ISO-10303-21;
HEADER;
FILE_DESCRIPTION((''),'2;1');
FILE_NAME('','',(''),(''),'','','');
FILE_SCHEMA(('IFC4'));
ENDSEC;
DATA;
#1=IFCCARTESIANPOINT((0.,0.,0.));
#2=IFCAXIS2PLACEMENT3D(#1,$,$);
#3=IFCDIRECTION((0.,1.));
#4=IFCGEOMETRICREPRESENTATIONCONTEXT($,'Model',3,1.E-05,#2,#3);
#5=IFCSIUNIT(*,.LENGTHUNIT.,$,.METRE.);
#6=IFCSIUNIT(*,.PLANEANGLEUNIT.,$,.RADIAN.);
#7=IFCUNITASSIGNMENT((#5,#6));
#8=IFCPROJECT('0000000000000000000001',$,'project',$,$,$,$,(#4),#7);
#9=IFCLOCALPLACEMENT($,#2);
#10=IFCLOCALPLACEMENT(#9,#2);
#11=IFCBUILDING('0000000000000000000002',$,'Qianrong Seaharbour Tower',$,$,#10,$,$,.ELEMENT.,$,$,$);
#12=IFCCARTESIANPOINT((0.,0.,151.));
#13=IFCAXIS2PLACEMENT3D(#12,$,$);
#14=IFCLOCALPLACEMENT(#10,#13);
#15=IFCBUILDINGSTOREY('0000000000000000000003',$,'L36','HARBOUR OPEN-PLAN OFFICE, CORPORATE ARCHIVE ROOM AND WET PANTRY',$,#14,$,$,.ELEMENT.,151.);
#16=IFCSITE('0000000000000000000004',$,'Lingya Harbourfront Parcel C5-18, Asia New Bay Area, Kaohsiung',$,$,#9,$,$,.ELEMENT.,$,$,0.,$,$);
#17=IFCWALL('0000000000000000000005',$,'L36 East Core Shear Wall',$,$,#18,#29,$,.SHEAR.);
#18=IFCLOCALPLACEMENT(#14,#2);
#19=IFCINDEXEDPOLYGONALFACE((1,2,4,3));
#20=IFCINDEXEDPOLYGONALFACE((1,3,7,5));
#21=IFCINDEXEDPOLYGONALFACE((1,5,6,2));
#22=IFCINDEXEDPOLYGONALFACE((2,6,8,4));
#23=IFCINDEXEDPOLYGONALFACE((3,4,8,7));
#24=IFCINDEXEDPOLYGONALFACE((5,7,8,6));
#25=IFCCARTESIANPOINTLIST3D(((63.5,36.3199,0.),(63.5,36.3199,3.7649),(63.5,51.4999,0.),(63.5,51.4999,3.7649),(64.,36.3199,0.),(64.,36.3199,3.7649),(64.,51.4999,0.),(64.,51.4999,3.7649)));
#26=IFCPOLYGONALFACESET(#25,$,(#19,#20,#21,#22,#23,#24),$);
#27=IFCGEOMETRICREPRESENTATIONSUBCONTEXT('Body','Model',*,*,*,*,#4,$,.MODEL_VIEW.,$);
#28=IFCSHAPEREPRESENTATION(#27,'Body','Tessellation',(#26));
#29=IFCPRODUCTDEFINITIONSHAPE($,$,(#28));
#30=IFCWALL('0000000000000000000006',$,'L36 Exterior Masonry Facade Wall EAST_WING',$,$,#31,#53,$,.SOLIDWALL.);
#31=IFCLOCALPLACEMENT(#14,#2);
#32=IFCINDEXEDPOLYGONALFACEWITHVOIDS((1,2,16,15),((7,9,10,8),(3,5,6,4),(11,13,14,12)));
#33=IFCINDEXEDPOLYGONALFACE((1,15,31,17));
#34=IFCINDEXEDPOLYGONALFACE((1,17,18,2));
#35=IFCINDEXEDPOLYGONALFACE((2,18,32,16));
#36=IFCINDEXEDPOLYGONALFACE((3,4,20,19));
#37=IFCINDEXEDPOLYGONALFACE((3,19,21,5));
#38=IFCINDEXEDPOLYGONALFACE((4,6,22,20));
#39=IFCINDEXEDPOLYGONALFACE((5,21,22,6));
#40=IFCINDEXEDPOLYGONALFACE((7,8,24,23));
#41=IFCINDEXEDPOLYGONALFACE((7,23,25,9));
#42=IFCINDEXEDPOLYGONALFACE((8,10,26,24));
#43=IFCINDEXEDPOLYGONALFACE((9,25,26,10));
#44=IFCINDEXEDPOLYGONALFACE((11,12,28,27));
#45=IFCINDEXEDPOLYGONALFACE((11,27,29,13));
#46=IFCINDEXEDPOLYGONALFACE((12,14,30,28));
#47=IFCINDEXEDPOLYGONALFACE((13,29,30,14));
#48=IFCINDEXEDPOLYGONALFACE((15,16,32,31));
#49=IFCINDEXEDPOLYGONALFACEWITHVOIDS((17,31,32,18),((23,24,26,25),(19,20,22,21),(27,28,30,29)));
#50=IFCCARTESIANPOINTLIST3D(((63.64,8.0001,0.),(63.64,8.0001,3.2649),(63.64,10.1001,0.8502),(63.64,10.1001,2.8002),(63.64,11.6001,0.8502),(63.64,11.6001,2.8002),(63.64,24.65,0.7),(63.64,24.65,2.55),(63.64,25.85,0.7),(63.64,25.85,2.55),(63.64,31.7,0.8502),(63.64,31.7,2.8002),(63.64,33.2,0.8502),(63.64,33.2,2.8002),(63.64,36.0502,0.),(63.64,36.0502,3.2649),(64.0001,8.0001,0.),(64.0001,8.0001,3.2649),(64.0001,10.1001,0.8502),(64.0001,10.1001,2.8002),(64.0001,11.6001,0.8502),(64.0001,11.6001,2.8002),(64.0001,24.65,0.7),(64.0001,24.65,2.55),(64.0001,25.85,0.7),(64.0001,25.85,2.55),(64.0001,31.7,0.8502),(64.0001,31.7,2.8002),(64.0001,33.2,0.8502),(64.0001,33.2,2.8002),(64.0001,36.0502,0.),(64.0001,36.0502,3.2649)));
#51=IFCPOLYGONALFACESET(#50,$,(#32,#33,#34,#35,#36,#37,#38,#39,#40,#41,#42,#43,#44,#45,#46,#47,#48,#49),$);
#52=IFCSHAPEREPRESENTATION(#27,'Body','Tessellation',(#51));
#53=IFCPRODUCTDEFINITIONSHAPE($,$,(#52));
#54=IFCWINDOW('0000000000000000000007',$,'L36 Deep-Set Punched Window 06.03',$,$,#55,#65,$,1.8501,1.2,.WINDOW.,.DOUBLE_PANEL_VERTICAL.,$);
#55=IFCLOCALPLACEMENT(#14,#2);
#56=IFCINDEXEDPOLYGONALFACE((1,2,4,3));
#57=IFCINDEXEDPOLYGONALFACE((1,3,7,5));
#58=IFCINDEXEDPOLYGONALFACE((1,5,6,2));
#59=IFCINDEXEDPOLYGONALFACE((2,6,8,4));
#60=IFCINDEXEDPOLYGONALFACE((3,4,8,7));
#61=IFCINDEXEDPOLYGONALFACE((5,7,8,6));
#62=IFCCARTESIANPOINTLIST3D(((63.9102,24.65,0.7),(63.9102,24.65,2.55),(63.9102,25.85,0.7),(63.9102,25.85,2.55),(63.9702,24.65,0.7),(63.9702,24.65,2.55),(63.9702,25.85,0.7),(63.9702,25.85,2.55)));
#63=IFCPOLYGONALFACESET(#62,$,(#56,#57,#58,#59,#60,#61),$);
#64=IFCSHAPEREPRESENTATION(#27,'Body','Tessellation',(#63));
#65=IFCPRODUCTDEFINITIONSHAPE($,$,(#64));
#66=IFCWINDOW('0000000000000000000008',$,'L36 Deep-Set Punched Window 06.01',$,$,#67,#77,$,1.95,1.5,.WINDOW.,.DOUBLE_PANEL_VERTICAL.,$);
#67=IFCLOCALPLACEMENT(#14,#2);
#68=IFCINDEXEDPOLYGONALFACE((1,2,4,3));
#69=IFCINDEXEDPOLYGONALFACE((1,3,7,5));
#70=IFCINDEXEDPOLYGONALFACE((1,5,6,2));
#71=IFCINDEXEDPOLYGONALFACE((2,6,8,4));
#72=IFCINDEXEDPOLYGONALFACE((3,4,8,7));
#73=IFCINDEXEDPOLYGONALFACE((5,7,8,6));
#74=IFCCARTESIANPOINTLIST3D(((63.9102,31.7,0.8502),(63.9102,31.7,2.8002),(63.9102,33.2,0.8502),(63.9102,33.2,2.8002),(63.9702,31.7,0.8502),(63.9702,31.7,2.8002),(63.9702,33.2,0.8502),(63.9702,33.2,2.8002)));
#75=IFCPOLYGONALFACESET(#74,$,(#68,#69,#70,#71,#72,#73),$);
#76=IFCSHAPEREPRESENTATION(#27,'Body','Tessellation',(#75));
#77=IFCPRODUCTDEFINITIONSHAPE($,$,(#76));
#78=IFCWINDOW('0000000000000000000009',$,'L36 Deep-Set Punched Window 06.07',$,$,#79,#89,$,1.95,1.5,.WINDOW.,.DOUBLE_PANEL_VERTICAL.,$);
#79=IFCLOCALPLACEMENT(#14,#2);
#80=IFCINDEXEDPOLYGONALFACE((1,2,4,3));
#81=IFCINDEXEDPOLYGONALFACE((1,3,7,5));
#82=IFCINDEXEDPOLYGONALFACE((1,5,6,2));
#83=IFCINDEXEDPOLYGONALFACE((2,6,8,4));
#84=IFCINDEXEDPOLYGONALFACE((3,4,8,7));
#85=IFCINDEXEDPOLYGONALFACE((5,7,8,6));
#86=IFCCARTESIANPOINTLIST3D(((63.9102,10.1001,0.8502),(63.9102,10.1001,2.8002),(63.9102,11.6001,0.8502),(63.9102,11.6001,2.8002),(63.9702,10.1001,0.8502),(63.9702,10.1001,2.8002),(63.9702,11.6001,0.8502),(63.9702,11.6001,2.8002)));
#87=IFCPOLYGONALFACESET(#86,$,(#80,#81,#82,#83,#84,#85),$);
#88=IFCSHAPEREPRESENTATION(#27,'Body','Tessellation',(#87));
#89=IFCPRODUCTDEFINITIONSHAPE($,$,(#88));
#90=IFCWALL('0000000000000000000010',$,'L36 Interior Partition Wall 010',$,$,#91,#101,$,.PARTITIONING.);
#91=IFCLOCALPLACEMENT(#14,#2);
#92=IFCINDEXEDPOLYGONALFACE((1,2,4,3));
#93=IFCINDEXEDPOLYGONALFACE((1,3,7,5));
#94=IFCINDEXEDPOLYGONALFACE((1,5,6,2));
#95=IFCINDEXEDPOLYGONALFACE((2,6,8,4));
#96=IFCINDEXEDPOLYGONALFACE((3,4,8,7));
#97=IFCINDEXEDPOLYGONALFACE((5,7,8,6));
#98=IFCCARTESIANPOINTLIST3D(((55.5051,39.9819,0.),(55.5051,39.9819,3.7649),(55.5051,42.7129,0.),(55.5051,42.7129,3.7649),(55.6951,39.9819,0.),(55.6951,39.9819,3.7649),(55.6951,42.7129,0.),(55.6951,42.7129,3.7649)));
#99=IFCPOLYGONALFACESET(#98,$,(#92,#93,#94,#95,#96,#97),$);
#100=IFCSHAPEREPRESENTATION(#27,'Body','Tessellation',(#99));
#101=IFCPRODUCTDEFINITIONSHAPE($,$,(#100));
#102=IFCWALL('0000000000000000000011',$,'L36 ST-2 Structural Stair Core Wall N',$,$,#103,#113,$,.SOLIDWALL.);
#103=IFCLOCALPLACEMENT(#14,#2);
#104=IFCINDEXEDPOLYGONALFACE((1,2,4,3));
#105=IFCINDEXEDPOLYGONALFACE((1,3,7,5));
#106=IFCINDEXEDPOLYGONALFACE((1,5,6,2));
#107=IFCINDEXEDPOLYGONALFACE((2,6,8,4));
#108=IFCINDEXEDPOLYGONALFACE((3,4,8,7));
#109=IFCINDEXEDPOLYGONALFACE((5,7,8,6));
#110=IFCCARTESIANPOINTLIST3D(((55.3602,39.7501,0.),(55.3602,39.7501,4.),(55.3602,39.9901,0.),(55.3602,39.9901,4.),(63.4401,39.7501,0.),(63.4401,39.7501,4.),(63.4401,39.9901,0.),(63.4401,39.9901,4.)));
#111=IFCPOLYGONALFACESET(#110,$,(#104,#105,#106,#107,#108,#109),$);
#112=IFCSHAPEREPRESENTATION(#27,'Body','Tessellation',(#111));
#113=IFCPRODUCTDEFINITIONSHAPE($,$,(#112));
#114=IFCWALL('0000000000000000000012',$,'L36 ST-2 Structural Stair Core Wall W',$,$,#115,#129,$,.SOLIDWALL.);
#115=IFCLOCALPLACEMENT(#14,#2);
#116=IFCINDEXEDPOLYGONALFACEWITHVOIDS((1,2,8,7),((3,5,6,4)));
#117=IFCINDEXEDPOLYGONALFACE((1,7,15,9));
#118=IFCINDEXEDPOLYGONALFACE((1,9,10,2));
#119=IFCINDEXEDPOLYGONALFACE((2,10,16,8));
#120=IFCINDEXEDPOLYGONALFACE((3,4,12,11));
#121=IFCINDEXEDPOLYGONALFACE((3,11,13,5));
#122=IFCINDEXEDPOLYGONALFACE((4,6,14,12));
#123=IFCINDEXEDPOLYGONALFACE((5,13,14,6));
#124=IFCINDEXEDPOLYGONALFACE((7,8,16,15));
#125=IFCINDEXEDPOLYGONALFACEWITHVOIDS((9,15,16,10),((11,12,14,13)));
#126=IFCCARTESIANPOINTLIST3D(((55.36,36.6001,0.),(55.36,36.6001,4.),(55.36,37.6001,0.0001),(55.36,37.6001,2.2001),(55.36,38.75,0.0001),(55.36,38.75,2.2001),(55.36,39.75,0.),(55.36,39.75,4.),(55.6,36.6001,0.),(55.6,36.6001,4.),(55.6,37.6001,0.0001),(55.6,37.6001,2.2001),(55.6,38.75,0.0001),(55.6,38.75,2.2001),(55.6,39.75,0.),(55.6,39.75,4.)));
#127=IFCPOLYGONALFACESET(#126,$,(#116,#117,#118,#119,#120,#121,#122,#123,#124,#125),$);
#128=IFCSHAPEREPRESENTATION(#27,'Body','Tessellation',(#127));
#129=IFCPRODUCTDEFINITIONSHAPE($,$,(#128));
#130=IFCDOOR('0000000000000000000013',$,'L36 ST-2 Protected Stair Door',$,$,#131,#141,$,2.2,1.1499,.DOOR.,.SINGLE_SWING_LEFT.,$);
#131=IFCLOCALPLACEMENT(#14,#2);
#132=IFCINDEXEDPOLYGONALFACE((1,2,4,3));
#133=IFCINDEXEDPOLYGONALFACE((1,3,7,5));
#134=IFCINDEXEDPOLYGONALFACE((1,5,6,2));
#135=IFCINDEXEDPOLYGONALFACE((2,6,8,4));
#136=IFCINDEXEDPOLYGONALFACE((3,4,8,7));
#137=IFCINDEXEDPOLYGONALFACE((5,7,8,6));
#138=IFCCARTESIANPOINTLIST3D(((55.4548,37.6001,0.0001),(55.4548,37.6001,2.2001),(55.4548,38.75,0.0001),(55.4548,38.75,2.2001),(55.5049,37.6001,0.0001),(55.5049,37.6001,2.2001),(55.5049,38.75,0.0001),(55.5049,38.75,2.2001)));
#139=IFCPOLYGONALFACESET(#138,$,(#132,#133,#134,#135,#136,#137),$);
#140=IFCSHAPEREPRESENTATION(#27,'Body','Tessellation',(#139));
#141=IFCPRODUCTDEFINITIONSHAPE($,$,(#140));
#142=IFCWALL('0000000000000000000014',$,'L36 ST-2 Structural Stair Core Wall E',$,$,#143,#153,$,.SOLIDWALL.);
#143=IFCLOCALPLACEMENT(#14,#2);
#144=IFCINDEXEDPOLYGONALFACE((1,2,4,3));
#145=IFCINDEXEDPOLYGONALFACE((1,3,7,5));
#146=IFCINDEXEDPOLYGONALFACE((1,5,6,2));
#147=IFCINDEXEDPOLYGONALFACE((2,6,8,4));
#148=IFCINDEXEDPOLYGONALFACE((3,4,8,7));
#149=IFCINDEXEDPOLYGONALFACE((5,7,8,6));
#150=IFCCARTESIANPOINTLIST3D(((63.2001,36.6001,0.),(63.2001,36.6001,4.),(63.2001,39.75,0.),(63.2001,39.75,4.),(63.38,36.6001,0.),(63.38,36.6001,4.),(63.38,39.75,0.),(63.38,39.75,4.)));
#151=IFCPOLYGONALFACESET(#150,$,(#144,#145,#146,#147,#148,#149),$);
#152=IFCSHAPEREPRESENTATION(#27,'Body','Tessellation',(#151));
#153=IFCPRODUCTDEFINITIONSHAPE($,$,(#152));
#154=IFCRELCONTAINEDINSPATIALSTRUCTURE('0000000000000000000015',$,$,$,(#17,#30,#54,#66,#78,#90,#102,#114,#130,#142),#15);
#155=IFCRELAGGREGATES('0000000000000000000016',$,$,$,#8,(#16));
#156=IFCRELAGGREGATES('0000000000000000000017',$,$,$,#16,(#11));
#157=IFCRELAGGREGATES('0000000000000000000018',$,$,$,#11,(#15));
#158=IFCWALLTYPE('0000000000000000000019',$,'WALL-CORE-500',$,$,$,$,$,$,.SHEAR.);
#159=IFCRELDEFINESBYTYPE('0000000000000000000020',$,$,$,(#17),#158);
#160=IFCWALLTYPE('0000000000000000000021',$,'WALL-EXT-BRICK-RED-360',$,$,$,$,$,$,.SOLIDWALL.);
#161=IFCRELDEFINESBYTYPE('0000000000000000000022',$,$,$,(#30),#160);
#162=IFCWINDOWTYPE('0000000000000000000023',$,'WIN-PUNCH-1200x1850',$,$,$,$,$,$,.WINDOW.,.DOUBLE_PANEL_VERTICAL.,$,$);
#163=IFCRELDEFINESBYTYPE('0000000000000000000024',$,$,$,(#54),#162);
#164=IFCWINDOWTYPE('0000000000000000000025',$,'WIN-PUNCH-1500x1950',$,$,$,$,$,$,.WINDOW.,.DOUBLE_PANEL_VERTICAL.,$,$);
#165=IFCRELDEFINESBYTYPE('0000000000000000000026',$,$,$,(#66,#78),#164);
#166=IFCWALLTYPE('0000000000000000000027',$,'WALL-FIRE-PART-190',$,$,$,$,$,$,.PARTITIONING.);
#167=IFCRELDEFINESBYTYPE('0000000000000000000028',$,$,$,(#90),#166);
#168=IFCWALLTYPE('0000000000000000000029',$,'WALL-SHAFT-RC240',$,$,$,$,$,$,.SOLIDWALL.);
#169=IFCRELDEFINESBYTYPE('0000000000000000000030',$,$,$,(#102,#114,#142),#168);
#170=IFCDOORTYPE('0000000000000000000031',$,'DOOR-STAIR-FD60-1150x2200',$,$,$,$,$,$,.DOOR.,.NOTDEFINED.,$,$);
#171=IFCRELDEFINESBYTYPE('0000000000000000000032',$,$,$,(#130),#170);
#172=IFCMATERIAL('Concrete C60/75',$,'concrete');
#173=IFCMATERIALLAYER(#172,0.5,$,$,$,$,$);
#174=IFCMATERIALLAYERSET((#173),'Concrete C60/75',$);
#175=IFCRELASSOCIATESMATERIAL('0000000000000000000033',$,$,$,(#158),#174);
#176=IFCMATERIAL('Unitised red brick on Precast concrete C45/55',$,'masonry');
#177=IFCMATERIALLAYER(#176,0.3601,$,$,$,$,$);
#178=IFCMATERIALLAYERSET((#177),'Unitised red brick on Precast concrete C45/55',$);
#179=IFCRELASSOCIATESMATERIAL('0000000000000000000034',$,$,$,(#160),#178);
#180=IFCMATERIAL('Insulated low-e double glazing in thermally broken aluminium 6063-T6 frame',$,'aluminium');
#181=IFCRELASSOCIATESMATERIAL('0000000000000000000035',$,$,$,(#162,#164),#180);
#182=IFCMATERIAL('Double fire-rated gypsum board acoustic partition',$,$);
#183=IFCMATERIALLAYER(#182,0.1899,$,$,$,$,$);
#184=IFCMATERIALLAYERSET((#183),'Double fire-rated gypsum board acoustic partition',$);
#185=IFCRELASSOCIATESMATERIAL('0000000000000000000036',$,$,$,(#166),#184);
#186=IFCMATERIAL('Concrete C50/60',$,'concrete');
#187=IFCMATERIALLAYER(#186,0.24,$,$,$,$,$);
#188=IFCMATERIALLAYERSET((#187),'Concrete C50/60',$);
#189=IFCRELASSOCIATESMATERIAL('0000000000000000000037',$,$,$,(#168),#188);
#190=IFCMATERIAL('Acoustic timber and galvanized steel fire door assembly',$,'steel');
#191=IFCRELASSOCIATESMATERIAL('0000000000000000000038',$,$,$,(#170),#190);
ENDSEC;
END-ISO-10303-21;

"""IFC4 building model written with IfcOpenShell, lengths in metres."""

from ifc_helpers import new_model, si_unit, direction, frame, frame_2d, origin, place, context, subcontext, project, spatial, rectangle, extrude, material, layer, layer_set, type_object, element, fill, save


model = new_model("IFC4")

# Units and contexts
model_context = context("Model", 3, precision=1e-05, world=origin(), true_north=direction((0.0, 1.0)))
body_context = subcontext(model_context, "Body", "Model", "MODEL_VIEW")
ifc_project = project(units=[si_unit("LENGTHUNIT", "METRE"), si_unit("PLANEANGLEUNIT", "RADIAN")], contexts=[model_context])

# Site, building, storey
site_placement = place(None, origin())
site = spatial("IfcSite", under=ifc_project, at=site_placement, Name="Lingya Harbourfront Parcel C5-18, Asia New Bay Area, Kaohsiung", CompositionType="ELEMENT", RefElevation=0.0)
building_placement = place(site_placement, origin())
building = spatial("IfcBuilding", under=site, at=building_placement, Name="Qianrong Seaharbour Tower", CompositionType="ELEMENT")
storey_placement = place(building_placement, frame((0.0, 0.0, 151.0)))
storey = spatial("IfcBuildingStorey", under=building, at=storey_placement, Name="L36", Description="HARBOUR OPEN-PLAN OFFICE, CORPORATE ARCHIVE ROOM AND WET PANTRY", CompositionType="ELEMENT", Elevation=151.0)

# Wall
ifc_material_1 = material(Name="Concrete C60/75", Category="concrete")
ifc_layer_1 = layer(ifc_material_1, 0.5)
ifc_layer_set_1 = layer_set([ifc_layer_1], Name="Concrete C60/75")
wall_type_1 = type_object("IfcWallType", Name="WALL-CORE-500", PredefinedType="SHEAR", material=ifc_layer_set_1)
wall_1_placement = place(storey_placement, frame((63.75, 36.3201, 0.0), z_axis=(0.0, 0.0, 1.0), x_axis=(0.0, 1.0, 0.0)))
element("IfcWall", 1, at=wall_1_placement, inside=storey, type_object=wall_type_1, Name="L36 East Core Shear Wall", PredefinedType="SHEAR", context=body_context, shape_type="SweptSolid", body=[
    extrude(rectangle(XDim=15.1799, YDim=0.5, at=frame_2d((7.5898, 0.0))), origin(), (0.0, 0.0, 1.0), 3.7649),
])

# Wall, openings, windows
ifc_material_2 = material(Name="Unitised red brick on Precast concrete C45/55", Category="masonry")
ifc_layer_2 = layer(ifc_material_2, 0.3601)
ifc_layer_set_2 = layer_set([ifc_layer_2], Name="Unitised red brick on Precast concrete C45/55")
wall_type_2 = type_object("IfcWallType", Name="WALL-EXT-BRICK-RED-360", PredefinedType="SOLIDWALL", material=ifc_layer_set_2)
wall_2_placement = place(storey_placement, frame((63.8201, 36.05, 0.0), z_axis=(0.0, 0.0, 1.0), x_axis=(0.0, -1.0, 0.0)))
wall_2 = element("IfcWall", 2, at=wall_2_placement, inside=storey, type_object=wall_type_2, Name="L36 Exterior Masonry Facade Wall EAST_WING", PredefinedType="SOLIDWALL", context=body_context, shape_type="SweptSolid", body=[
    extrude(rectangle(XDim=28.05, YDim=0.3601, at=frame_2d((14.0249, 0.0))), origin(), (0.0, 0.0, 1.0), 3.2649),
])
opening_1_placement = place(wall_2_placement, frame((2.8501, 0.0, 0.8501)))
opening_1 = element("IfcOpeningElement", 3, at=opening_1_placement, cuts=wall_2, PredefinedType="OPENING", context=body_context, shape_type="SweptSolid", body=[
    extrude(rectangle(XDim=1.5, YDim=1.95, at=frame_2d((0.75, 0.9751))), frame((0.0, 0.1899, 0.0), z_axis=(0.0, -1.0, 0.0), x_axis=(1.0, 0.0, 0.0)), (0.0, 0.0, 1.0), 0.3801),
])
opening_2_placement = place(wall_2_placement, frame((10.2, 0.0, 0.7)))
opening_2 = element("IfcOpeningElement", 4, at=opening_2_placement, cuts=wall_2, PredefinedType="OPENING", context=body_context, shape_type="SweptSolid", body=[
    extrude(rectangle(XDim=1.2, YDim=1.8501, at=frame_2d((0.6001, 0.925))), frame((0.0, 0.1899, 0.0), z_axis=(0.0, -1.0, 0.0), x_axis=(1.0, 0.0, 0.0)), (0.0, 0.0, 1.0), 0.3801),
])
opening_3_placement = place(wall_2_placement, frame((24.45, 0.0, 0.8501)))
opening_3 = element("IfcOpeningElement", 5, at=opening_3_placement, cuts=wall_2, PredefinedType="OPENING", context=body_context, shape_type="SweptSolid", body=[
    extrude(rectangle(XDim=1.5, YDim=1.95, at=frame_2d((0.75, 0.9751))), frame((0.0, 0.1899, 0.0), z_axis=(0.0, -1.0, 0.0), x_axis=(1.0, 0.0, 0.0)), (0.0, 0.0, 1.0), 0.3801),
])
ifc_material_3 = material(Name="Insulated low-e double glazing in thermally broken aluminium 6063-T6 frame", Category="aluminium")
window_type_1 = type_object("IfcWindowType", Name="WIN-PUNCH-1200x1850", PartitioningType="DOUBLE_PANEL_VERTICAL", PredefinedType="WINDOW", material=ifc_material_3)
window_1_placement = place(opening_2_placement, origin())
window_1 = element("IfcWindow", 6, at=window_1_placement, inside=storey, type_object=window_type_1, Name="L36 Deep-Set Punched Window 06.03", OverallHeight=1.8501, OverallWidth=1.2, PartitioningType="DOUBLE_PANEL_VERTICAL", PredefinedType="WINDOW", context=body_context, shape_type="SweptSolid", body=[
    extrude(rectangle(XDim=1.2, YDim=1.8501, at=frame_2d((0.6001, 0.925))), frame((0.0, 0.1501, 0.0), z_axis=(0.0, -1.0, 0.0), x_axis=(1.0, 0.0, 0.0)), (0.0, 0.0, 1.0), 0.0601),
])
fill(opening_2, window_1)
window_type_2 = type_object("IfcWindowType", Name="WIN-PUNCH-1500x1950", PartitioningType="DOUBLE_PANEL_VERTICAL", PredefinedType="WINDOW", material=ifc_material_3)
window_2_placement = place(opening_1_placement, origin())
window_2 = element("IfcWindow", 7, at=window_2_placement, inside=storey, type_object=window_type_2, Name="L36 Deep-Set Punched Window 06.01", OverallHeight=1.95, OverallWidth=1.5, PartitioningType="DOUBLE_PANEL_VERTICAL", PredefinedType="WINDOW", context=body_context, shape_type="SweptSolid", body=[
    extrude(rectangle(XDim=1.5, YDim=1.95, at=frame_2d((0.75, 0.9751))), frame((0.0, 0.1501, 0.0), z_axis=(0.0, -1.0, 0.0), x_axis=(1.0, 0.0, 0.0)), (0.0, 0.0, 1.0), 0.0601),
])
fill(opening_1, window_2)
window_3_placement = place(opening_3_placement, origin())
window_3 = element("IfcWindow", 8, at=window_3_placement, inside=storey, type_object=window_type_2, Name="L36 Deep-Set Punched Window 06.07", OverallHeight=1.95, OverallWidth=1.5, PartitioningType="DOUBLE_PANEL_VERTICAL", PredefinedType="WINDOW", context=body_context, shape_type="SweptSolid", body=[
    extrude(rectangle(XDim=1.5, YDim=1.95, at=frame_2d((0.75, 0.9751))), frame((0.0, 0.1501, 0.0), z_axis=(0.0, -1.0, 0.0), x_axis=(1.0, 0.0, 0.0)), (0.0, 0.0, 1.0), 0.0601),
])
fill(opening_3, window_3)

# Walls
ifc_material_4 = material(Name="Double fire-rated gypsum board acoustic partition")
ifc_layer_3 = layer(ifc_material_4, 0.1899)
ifc_layer_set_3 = layer_set([ifc_layer_3], Name="Double fire-rated gypsum board acoustic partition")
wall_type_3 = type_object("IfcWallType", Name="WALL-FIRE-PART-190", PredefinedType="PARTITIONING", material=ifc_layer_set_3)
wall_3_placement = place(storey_placement, frame((55.6001, 42.7129, 0.0), z_axis=(0.0, 0.0, 1.0), x_axis=(0.0, -1.0, 0.0)))
element("IfcWall", 9, at=wall_3_placement, inside=storey, type_object=wall_type_3, Name="L36 Interior Partition Wall 010", PredefinedType="PARTITIONING", context=body_context, shape_type="SweptSolid", body=[
    extrude(rectangle(XDim=2.731, YDim=0.1899, at=frame_2d((1.3655, 0.0))), origin(), (0.0, 0.0, 1.0), 3.7649),
])
ifc_material_5 = material(Name="Concrete C50/60", Category="concrete")
ifc_layer_4 = layer(ifc_material_5, 0.24)
ifc_layer_set_4 = layer_set([ifc_layer_4], Name="Concrete C50/60")
wall_type_4 = type_object("IfcWallType", Name="WALL-SHAFT-RC240", PredefinedType="SOLIDWALL", material=ifc_layer_set_4)
wall_4_placement = place(storey_placement, frame((55.3601, 39.8701, 0.0), z_axis=(0.0, 0.0, 1.0), x_axis=(1.0, 0.0, 0.0)))
element("IfcWall", 10, at=wall_4_placement, inside=storey, type_object=wall_type_4, Name="L36 ST-2 Structural Stair Core Wall N", PredefinedType="SOLIDWALL", context=body_context, shape_type="SweptSolid", body=[
    extrude(rectangle(XDim=8.0798, YDim=0.24, at=frame_2d((4.04, 0.0))), origin(), (0.0, 0.0, 1.0), 4.0),
])

# Wall, opening, door
wall_5_placement = place(storey_placement, frame((55.48, 39.75, 0.0), z_axis=(0.0, 0.0, 1.0), x_axis=(0.0, -1.0, 0.0)))
wall_5 = element("IfcWall", 11, at=wall_5_placement, inside=storey, type_object=wall_type_4, Name="L36 ST-2 Structural Stair Core Wall W", PredefinedType="SOLIDWALL", context=body_context, shape_type="SweptSolid", body=[
    extrude(rectangle(XDim=3.1499, YDim=0.24, at=frame_2d((1.575, 0.0))), origin(), (0.0, 0.0, 1.0), 4.0),
])
opening_4_placement = place(wall_5_placement, frame((1.0, 0.0, 0.0)))
opening_4 = element("IfcOpeningElement", 12, at=opening_4_placement, cuts=wall_5, PredefinedType="OPENING", context=body_context, shape_type="SweptSolid", body=[
    extrude(rectangle(XDim=1.1499, YDim=2.2, at=frame_2d((0.575, 1.1001))), frame((0.0, 0.1299, 0.0), z_axis=(0.0, -1.0, 0.0), x_axis=(1.0, 0.0, 0.0)), (0.0, 0.0, 1.0), 0.26),
])
ifc_material_6 = material(Name="Acoustic timber and galvanized steel fire door assembly", Category="steel")
door_type = type_object("IfcDoorType", Name="DOOR-STAIR-FD60-1150x2200", OperationType="NOTDEFINED", PredefinedType="DOOR", material=ifc_material_6)
door_placement = place(opening_4_placement, origin())
door = element("IfcDoor", 13, at=door_placement, inside=storey, type_object=door_type, Name="L36 ST-2 Protected Stair Door", OperationType="SINGLE_SWING_LEFT", OverallHeight=2.2, OverallWidth=1.1499, PredefinedType="DOOR", context=body_context, shape_type="SweptSolid", body=[
    extrude(rectangle(XDim=1.1499, YDim=2.2, at=frame_2d((0.575, 1.1001))), frame((0.0, 0.0249, 0.0), z_axis=(0.0, -1.0, 0.0), x_axis=(1.0, 0.0, 0.0)), (0.0, 0.0, 1.0), 0.05),
])
fill(opening_4, door)

# Wall
wall_6_placement = place(storey_placement, frame((63.29, 36.6001, 0.0), z_axis=(0.0, 0.0, 1.0), x_axis=(0.0, 1.0, 0.0)))
element("IfcWall", 14, at=wall_6_placement, inside=storey, type_object=wall_type_4, Name="L36 ST-2 Structural Stair Core Wall E", PredefinedType="SOLIDWALL", context=body_context, shape_type="SweptSolid", body=[
    extrude(rectangle(XDim=3.1499, YDim=0.1799, at=frame_2d((1.575, 0.0))), origin(), (0.0, 0.0, 1.0), 4.0),
])

save(model, "model.ifc")
